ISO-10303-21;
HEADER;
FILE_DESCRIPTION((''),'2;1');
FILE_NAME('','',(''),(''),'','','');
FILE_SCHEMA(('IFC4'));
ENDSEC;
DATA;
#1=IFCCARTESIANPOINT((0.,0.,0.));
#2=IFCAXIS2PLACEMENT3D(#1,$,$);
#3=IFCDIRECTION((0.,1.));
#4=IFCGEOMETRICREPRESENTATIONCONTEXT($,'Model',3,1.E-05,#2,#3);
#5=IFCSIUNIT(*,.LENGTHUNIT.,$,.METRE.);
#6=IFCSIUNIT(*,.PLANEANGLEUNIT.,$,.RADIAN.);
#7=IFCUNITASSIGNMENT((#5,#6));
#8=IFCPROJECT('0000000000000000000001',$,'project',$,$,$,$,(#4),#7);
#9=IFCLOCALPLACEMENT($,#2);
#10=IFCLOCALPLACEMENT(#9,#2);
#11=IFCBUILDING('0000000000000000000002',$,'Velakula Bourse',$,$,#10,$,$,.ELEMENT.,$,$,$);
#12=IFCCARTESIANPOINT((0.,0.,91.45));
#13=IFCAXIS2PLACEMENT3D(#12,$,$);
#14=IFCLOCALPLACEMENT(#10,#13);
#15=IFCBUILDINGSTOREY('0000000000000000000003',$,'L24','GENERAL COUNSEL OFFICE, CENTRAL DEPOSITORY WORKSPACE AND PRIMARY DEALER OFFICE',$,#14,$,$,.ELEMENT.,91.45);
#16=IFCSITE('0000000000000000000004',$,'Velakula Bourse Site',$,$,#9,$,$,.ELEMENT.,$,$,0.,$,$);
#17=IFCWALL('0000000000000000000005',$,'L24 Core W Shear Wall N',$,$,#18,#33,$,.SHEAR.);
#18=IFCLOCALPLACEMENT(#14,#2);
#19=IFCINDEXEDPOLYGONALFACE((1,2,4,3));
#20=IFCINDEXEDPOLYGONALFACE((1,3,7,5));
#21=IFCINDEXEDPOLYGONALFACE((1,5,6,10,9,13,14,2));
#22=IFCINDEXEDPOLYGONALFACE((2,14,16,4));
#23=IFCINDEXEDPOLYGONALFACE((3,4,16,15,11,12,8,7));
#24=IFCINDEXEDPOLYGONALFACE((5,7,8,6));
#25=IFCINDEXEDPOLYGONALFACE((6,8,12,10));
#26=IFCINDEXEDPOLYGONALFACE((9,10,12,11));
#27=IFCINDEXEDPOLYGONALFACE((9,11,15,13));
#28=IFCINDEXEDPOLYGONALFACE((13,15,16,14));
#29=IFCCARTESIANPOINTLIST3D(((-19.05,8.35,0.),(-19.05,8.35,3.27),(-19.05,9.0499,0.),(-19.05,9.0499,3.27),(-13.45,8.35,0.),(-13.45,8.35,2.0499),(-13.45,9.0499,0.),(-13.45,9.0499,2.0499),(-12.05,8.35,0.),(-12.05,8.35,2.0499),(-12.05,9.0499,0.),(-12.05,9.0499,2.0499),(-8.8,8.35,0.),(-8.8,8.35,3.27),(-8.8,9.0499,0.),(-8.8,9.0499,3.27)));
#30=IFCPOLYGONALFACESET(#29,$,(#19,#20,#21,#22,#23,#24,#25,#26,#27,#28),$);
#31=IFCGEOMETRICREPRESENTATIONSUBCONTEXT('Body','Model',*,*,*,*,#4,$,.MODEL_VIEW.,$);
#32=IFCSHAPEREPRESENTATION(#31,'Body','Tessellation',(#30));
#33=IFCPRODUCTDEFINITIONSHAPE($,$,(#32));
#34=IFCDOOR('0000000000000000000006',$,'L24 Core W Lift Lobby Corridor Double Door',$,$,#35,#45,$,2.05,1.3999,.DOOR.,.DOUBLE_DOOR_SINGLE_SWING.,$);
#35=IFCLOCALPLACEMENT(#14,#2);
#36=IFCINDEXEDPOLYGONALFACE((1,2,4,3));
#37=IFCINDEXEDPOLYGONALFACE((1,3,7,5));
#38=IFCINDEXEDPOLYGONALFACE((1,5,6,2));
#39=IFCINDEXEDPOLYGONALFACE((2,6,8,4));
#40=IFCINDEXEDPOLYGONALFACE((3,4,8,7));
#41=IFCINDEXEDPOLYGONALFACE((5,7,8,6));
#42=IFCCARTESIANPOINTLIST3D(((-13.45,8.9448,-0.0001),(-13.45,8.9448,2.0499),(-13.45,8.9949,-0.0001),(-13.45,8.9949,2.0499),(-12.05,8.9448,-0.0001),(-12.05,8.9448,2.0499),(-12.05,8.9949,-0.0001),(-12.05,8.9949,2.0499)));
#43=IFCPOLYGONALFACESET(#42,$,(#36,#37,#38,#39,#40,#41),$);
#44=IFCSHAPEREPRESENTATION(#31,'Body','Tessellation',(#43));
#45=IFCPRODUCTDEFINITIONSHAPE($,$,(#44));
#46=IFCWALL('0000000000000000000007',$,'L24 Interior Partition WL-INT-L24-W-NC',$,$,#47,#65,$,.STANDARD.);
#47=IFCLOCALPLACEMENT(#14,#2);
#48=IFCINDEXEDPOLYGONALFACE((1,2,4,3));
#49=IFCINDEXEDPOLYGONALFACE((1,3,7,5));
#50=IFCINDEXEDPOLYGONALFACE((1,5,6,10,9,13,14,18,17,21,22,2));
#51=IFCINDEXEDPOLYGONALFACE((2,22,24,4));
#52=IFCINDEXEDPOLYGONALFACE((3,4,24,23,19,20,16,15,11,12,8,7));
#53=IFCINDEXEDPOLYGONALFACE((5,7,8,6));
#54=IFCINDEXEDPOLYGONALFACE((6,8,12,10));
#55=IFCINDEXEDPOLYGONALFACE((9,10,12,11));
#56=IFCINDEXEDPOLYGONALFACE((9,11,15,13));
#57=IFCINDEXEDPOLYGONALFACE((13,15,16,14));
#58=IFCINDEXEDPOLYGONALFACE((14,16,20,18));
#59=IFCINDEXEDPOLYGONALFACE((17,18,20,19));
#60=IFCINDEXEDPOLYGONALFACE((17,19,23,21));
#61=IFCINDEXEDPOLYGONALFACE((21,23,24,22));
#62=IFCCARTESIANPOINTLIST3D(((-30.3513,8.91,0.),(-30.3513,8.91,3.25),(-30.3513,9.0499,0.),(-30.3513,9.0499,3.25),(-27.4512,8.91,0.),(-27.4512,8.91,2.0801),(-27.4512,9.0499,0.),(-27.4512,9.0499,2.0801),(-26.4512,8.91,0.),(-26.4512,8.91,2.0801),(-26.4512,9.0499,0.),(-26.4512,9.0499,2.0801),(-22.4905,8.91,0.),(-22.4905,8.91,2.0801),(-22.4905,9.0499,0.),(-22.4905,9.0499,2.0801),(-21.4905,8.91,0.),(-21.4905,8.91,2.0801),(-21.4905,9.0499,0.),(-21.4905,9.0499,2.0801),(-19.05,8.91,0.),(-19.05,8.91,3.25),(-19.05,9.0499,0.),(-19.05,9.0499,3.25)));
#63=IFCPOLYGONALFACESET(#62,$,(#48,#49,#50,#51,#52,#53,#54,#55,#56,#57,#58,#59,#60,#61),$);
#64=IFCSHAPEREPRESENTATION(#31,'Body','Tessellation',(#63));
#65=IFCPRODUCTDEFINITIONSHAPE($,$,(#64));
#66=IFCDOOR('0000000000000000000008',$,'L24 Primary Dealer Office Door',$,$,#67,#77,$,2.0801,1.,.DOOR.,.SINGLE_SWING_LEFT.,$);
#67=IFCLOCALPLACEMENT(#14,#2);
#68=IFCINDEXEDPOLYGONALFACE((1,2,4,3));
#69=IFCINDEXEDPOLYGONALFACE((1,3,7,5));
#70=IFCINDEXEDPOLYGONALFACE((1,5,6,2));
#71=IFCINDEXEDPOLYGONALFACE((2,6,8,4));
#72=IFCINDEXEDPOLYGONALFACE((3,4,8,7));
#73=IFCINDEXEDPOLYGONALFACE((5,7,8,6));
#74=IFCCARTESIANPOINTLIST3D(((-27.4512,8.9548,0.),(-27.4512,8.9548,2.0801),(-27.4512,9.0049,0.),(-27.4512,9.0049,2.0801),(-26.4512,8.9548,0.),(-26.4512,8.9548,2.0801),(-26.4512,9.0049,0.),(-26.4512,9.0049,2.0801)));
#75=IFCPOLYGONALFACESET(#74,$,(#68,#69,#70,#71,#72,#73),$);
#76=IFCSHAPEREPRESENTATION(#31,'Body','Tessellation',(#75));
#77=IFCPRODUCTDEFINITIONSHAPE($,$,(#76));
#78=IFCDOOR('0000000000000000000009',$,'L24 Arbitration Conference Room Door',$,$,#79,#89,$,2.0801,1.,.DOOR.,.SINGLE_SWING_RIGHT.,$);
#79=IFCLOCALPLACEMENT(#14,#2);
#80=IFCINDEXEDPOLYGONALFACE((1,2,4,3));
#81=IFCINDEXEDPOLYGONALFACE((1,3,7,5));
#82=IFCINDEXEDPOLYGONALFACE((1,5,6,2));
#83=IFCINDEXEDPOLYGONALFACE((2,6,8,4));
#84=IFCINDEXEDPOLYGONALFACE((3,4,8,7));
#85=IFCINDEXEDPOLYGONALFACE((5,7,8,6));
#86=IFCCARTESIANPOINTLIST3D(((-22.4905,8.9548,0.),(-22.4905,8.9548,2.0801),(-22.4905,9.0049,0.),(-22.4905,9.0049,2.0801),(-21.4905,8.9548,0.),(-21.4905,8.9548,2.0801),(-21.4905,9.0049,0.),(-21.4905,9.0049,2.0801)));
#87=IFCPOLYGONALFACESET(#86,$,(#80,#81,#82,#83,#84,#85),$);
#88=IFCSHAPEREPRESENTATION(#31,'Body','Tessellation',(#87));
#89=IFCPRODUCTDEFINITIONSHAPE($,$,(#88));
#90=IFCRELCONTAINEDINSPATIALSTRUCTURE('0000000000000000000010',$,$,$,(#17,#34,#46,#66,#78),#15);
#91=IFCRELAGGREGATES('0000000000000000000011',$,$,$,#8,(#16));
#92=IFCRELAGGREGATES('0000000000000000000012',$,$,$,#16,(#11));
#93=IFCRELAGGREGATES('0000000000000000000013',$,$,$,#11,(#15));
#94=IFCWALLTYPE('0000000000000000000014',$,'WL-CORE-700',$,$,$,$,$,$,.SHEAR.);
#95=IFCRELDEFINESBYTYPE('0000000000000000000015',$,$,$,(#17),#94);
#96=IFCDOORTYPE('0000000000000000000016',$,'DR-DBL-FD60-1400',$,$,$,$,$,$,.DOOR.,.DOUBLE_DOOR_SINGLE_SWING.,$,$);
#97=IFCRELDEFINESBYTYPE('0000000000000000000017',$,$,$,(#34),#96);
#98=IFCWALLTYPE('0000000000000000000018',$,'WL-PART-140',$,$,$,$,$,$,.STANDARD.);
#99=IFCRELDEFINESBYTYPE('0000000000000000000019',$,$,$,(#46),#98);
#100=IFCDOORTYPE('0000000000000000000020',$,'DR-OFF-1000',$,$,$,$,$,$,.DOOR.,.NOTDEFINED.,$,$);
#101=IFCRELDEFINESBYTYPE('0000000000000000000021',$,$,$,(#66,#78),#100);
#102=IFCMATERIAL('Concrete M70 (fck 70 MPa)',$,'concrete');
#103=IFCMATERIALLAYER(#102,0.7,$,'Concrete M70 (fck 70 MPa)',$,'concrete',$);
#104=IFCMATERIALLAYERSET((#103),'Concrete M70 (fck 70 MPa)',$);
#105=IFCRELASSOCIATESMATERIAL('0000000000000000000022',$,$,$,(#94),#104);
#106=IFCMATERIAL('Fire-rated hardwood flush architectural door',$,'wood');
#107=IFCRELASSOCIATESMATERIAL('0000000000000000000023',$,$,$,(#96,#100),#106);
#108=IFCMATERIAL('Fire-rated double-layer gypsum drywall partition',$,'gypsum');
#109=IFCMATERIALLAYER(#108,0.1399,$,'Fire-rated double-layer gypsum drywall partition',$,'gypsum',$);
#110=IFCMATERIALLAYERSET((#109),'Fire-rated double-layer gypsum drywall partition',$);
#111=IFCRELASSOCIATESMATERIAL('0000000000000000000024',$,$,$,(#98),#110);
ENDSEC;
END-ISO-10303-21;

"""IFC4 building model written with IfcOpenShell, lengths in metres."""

from ifc_helpers import new_model, si_unit, direction, frame, frame_2d, origin, place, context, subcontext, project, spatial, rectangle, extrude, material, layer, layer_set, type_object, element, fill, save


model = new_model("IFC4")

# Units and contexts
model_context = context("Model", 3, precision=1e-05, world=origin(), true_north=direction((0.0, 1.0)))
body_context = subcontext(model_context, "Body", "Model", "MODEL_VIEW")
ifc_project = project(units=[si_unit("LENGTHUNIT", "METRE"), si_unit("PLANEANGLEUNIT", "RADIAN")], contexts=[model_context])

# Site, building, storey
site_placement = place(None, origin())
site = spatial("IfcSite", under=ifc_project, at=site_placement, Name="Velakula Bourse Site", CompositionType="ELEMENT", RefElevation=0.0)
building_placement = place(site_placement, origin())
building = spatial("IfcBuilding", under=site, at=building_placement, Name="Velakula Bourse", CompositionType="ELEMENT")
storey_placement = place(building_placement, frame((0.0, 0.0, 91.45)))
storey = spatial("IfcBuildingStorey", under=building, at=storey_placement, Name="L24", Description="GENERAL COUNSEL OFFICE, CENTRAL DEPOSITORY WORKSPACE AND PRIMARY DEALER OFFICE", CompositionType="ELEMENT", Elevation=91.45)

# Shared definitions
ifc_material_1 = material(Name="Concrete M70 (fck 70 MPa)", Category="concrete")

# Wall, opening, door
ifc_layer_1 = layer(ifc_material_1, 0.7, Name="Concrete M70 (fck 70 MPa)", Category="concrete")
ifc_layer_set_1 = layer_set([ifc_layer_1], Name="Concrete M70 (fck 70 MPa)")
wall_type_1 = type_object("IfcWallType", Name="WL-CORE-700", PredefinedType="SHEAR", material=ifc_layer_set_1)
wall_1_placement = place(storey_placement, frame((-19.05, 8.7, 0.0), z_axis=(0.0, 0.0, 1.0), x_axis=(1.0, 0.0, 0.0)))
wall_1 = element("IfcWall", 1, at=wall_1_placement, inside=storey, type_object=wall_type_1, Name="L24 Core W Shear Wall N", PredefinedType="SHEAR", context=body_context, shape_type="SweptSolid", body=[
    extrude(rectangle(XDim=10.25, YDim=0.7, at=frame_2d((5.125, 0.0))), origin(), (0.0, 0.0, 1.0), 3.27),
])
opening_1_placement = place(wall_1_placement, frame((5.6001, 0.0, 0.0)))
opening_1 = element("IfcOpeningElement", 2, at=opening_1_placement, cuts=wall_1, PredefinedType="OPENING", context=body_context, shape_type="SweptSolid", body=[
    extrude(rectangle(XDim=1.3999, YDim=2.05, at=frame_2d((0.7, 1.0249))), frame((0.0, 0.3599, 0.0), z_axis=(0.0, -1.0, 0.0), x_axis=(1.0, 0.0, 0.0)), (0.0, 0.0, 1.0), 0.72),
])
ifc_material_2 = material(Name="Fire-rated hardwood flush architectural door", Category="wood")
door_type_1 = type_object("IfcDoorType", Name="DR-DBL-FD60-1400", OperationType="DOUBLE_DOOR_SINGLE_SWING", PredefinedType="DOOR", material=ifc_material_2)
door_1_placement = place(opening_1_placement, origin())
door_1 = element("IfcDoor", 3, at=door_1_placement, inside=storey, type_object=door_type_1, Name="L24 Core W Lift Lobby Corridor Double Door", OperationType="DOUBLE_DOOR_SINGLE_SWING", OverallHeight=2.05, OverallWidth=1.3999, PredefinedType="DOOR", context=body_context, shape_type="SweptSolid", body=[
    extrude(rectangle(XDim=1.3999, YDim=2.05, at=frame_2d((0.7, 1.0249))), frame((0.0, 0.2949, 0.0), z_axis=(0.0, -1.0, 0.0), x_axis=(1.0, 0.0, 0.0)), (0.0, 0.0, 1.0), 0.05),
])
fill(opening_1, door_1)

# Wall, openings, doors
ifc_material_3 = material(Name="Fire-rated double-layer gypsum drywall partition", Category="gypsum")
ifc_layer_2 = layer(ifc_material_3, 0.1399, Name="Fire-rated double-layer gypsum drywall partition", Category="gypsum")
ifc_layer_set_2 = layer_set([ifc_layer_2], Name="Fire-rated double-layer gypsum drywall partition")
wall_type_2 = type_object("IfcWallType", Name="WL-PART-140", PredefinedType="STANDARD", material=ifc_layer_set_2)
wall_2_placement = place(storey_placement, frame((-30.3513, 8.98, 0.0), z_axis=(0.0, 0.0, 1.0), x_axis=(1.0, 0.0, 0.0)))
wall_2 = element("IfcWall", 4, at=wall_2_placement, inside=storey, type_object=wall_type_2, Name="L24 Interior Partition WL-INT-L24-W-NC", PredefinedType="STANDARD", context=body_context, shape_type="SweptSolid", body=[
    extrude(rectangle(XDim=11.3013, YDim=0.1399, at=frame_2d((5.6506, 0.0))), origin(), (0.0, 0.0, 1.0), 3.25),
])
opening_2_placement = place(wall_2_placement, frame((2.9001, 0.0, 0.0)))
opening_2 = element("IfcOpeningElement", 5, at=opening_2_placement, cuts=wall_2, PredefinedType="OPENING", context=body_context, shape_type="SweptSolid", body=[
    extrude(rectangle(XDim=1.0, YDim=2.0801, at=frame_2d((0.5, 1.04))), frame((0.0, 0.0798, 0.0), z_axis=(0.0, -1.0, 0.0), x_axis=(1.0, 0.0, 0.0)), (0.0, 0.0, 1.0), 0.1599),
])
opening_3_placement = place(wall_2_placement, frame((7.8608, 0.0, 0.0)))
opening_3 = element("IfcOpeningElement", 6, at=opening_3_placement, cuts=wall_2, PredefinedType="OPENING", context=body_context, shape_type="SweptSolid", body=[
    extrude(rectangle(XDim=1.0, YDim=2.0801, at=frame_2d((0.5, 1.04))), frame((0.0, 0.0798, 0.0), z_axis=(0.0, -1.0, 0.0), x_axis=(1.0, 0.0, 0.0)), (0.0, 0.0, 1.0), 0.1599),
])
door_type_2 = type_object("IfcDoorType", Name="DR-OFF-1000", OperationType="NOTDEFINED", PredefinedType="DOOR", material=ifc_material_2)
door_2_placement = place(opening_2_placement, origin())
door_2 = element("IfcDoor", 7, at=door_2_placement, inside=storey, type_object=door_type_2, Name="L24 Primary Dealer Office Door", OperationType="SINGLE_SWING_LEFT", OverallHeight=2.0801, OverallWidth=1.0, PredefinedType="DOOR", context=body_context, shape_type="SweptSolid", body=[
    extrude(rectangle(XDim=1.0, YDim=2.0801, at=frame_2d((0.5, 1.04))), frame((0.0, 0.0249, 0.0), z_axis=(0.0, -1.0, 0.0), x_axis=(1.0, 0.0, 0.0)), (0.0, 0.0, 1.0), 0.05),
])
fill(opening_2, door_2)
door_3_placement = place(opening_3_placement, origin())
door_3 = element("IfcDoor", 8, at=door_3_placement, inside=storey, type_object=door_type_2, Name="L24 Arbitration Conference Room Door", OperationType="SINGLE_SWING_RIGHT", OverallHeight=2.0801, OverallWidth=1.0, PredefinedType="DOOR", context=body_context, shape_type="SweptSolid", body=[
    extrude(rectangle(XDim=1.0, YDim=2.0801, at=frame_2d((0.5, 1.04))), frame((0.0, 0.0249, 0.0), z_axis=(0.0, -1.0, 0.0), x_axis=(1.0, 0.0, 0.0)), (0.0, 0.0, 1.0), 0.05),
])
fill(opening_3, door_3)

save(model, "model.ifc")
